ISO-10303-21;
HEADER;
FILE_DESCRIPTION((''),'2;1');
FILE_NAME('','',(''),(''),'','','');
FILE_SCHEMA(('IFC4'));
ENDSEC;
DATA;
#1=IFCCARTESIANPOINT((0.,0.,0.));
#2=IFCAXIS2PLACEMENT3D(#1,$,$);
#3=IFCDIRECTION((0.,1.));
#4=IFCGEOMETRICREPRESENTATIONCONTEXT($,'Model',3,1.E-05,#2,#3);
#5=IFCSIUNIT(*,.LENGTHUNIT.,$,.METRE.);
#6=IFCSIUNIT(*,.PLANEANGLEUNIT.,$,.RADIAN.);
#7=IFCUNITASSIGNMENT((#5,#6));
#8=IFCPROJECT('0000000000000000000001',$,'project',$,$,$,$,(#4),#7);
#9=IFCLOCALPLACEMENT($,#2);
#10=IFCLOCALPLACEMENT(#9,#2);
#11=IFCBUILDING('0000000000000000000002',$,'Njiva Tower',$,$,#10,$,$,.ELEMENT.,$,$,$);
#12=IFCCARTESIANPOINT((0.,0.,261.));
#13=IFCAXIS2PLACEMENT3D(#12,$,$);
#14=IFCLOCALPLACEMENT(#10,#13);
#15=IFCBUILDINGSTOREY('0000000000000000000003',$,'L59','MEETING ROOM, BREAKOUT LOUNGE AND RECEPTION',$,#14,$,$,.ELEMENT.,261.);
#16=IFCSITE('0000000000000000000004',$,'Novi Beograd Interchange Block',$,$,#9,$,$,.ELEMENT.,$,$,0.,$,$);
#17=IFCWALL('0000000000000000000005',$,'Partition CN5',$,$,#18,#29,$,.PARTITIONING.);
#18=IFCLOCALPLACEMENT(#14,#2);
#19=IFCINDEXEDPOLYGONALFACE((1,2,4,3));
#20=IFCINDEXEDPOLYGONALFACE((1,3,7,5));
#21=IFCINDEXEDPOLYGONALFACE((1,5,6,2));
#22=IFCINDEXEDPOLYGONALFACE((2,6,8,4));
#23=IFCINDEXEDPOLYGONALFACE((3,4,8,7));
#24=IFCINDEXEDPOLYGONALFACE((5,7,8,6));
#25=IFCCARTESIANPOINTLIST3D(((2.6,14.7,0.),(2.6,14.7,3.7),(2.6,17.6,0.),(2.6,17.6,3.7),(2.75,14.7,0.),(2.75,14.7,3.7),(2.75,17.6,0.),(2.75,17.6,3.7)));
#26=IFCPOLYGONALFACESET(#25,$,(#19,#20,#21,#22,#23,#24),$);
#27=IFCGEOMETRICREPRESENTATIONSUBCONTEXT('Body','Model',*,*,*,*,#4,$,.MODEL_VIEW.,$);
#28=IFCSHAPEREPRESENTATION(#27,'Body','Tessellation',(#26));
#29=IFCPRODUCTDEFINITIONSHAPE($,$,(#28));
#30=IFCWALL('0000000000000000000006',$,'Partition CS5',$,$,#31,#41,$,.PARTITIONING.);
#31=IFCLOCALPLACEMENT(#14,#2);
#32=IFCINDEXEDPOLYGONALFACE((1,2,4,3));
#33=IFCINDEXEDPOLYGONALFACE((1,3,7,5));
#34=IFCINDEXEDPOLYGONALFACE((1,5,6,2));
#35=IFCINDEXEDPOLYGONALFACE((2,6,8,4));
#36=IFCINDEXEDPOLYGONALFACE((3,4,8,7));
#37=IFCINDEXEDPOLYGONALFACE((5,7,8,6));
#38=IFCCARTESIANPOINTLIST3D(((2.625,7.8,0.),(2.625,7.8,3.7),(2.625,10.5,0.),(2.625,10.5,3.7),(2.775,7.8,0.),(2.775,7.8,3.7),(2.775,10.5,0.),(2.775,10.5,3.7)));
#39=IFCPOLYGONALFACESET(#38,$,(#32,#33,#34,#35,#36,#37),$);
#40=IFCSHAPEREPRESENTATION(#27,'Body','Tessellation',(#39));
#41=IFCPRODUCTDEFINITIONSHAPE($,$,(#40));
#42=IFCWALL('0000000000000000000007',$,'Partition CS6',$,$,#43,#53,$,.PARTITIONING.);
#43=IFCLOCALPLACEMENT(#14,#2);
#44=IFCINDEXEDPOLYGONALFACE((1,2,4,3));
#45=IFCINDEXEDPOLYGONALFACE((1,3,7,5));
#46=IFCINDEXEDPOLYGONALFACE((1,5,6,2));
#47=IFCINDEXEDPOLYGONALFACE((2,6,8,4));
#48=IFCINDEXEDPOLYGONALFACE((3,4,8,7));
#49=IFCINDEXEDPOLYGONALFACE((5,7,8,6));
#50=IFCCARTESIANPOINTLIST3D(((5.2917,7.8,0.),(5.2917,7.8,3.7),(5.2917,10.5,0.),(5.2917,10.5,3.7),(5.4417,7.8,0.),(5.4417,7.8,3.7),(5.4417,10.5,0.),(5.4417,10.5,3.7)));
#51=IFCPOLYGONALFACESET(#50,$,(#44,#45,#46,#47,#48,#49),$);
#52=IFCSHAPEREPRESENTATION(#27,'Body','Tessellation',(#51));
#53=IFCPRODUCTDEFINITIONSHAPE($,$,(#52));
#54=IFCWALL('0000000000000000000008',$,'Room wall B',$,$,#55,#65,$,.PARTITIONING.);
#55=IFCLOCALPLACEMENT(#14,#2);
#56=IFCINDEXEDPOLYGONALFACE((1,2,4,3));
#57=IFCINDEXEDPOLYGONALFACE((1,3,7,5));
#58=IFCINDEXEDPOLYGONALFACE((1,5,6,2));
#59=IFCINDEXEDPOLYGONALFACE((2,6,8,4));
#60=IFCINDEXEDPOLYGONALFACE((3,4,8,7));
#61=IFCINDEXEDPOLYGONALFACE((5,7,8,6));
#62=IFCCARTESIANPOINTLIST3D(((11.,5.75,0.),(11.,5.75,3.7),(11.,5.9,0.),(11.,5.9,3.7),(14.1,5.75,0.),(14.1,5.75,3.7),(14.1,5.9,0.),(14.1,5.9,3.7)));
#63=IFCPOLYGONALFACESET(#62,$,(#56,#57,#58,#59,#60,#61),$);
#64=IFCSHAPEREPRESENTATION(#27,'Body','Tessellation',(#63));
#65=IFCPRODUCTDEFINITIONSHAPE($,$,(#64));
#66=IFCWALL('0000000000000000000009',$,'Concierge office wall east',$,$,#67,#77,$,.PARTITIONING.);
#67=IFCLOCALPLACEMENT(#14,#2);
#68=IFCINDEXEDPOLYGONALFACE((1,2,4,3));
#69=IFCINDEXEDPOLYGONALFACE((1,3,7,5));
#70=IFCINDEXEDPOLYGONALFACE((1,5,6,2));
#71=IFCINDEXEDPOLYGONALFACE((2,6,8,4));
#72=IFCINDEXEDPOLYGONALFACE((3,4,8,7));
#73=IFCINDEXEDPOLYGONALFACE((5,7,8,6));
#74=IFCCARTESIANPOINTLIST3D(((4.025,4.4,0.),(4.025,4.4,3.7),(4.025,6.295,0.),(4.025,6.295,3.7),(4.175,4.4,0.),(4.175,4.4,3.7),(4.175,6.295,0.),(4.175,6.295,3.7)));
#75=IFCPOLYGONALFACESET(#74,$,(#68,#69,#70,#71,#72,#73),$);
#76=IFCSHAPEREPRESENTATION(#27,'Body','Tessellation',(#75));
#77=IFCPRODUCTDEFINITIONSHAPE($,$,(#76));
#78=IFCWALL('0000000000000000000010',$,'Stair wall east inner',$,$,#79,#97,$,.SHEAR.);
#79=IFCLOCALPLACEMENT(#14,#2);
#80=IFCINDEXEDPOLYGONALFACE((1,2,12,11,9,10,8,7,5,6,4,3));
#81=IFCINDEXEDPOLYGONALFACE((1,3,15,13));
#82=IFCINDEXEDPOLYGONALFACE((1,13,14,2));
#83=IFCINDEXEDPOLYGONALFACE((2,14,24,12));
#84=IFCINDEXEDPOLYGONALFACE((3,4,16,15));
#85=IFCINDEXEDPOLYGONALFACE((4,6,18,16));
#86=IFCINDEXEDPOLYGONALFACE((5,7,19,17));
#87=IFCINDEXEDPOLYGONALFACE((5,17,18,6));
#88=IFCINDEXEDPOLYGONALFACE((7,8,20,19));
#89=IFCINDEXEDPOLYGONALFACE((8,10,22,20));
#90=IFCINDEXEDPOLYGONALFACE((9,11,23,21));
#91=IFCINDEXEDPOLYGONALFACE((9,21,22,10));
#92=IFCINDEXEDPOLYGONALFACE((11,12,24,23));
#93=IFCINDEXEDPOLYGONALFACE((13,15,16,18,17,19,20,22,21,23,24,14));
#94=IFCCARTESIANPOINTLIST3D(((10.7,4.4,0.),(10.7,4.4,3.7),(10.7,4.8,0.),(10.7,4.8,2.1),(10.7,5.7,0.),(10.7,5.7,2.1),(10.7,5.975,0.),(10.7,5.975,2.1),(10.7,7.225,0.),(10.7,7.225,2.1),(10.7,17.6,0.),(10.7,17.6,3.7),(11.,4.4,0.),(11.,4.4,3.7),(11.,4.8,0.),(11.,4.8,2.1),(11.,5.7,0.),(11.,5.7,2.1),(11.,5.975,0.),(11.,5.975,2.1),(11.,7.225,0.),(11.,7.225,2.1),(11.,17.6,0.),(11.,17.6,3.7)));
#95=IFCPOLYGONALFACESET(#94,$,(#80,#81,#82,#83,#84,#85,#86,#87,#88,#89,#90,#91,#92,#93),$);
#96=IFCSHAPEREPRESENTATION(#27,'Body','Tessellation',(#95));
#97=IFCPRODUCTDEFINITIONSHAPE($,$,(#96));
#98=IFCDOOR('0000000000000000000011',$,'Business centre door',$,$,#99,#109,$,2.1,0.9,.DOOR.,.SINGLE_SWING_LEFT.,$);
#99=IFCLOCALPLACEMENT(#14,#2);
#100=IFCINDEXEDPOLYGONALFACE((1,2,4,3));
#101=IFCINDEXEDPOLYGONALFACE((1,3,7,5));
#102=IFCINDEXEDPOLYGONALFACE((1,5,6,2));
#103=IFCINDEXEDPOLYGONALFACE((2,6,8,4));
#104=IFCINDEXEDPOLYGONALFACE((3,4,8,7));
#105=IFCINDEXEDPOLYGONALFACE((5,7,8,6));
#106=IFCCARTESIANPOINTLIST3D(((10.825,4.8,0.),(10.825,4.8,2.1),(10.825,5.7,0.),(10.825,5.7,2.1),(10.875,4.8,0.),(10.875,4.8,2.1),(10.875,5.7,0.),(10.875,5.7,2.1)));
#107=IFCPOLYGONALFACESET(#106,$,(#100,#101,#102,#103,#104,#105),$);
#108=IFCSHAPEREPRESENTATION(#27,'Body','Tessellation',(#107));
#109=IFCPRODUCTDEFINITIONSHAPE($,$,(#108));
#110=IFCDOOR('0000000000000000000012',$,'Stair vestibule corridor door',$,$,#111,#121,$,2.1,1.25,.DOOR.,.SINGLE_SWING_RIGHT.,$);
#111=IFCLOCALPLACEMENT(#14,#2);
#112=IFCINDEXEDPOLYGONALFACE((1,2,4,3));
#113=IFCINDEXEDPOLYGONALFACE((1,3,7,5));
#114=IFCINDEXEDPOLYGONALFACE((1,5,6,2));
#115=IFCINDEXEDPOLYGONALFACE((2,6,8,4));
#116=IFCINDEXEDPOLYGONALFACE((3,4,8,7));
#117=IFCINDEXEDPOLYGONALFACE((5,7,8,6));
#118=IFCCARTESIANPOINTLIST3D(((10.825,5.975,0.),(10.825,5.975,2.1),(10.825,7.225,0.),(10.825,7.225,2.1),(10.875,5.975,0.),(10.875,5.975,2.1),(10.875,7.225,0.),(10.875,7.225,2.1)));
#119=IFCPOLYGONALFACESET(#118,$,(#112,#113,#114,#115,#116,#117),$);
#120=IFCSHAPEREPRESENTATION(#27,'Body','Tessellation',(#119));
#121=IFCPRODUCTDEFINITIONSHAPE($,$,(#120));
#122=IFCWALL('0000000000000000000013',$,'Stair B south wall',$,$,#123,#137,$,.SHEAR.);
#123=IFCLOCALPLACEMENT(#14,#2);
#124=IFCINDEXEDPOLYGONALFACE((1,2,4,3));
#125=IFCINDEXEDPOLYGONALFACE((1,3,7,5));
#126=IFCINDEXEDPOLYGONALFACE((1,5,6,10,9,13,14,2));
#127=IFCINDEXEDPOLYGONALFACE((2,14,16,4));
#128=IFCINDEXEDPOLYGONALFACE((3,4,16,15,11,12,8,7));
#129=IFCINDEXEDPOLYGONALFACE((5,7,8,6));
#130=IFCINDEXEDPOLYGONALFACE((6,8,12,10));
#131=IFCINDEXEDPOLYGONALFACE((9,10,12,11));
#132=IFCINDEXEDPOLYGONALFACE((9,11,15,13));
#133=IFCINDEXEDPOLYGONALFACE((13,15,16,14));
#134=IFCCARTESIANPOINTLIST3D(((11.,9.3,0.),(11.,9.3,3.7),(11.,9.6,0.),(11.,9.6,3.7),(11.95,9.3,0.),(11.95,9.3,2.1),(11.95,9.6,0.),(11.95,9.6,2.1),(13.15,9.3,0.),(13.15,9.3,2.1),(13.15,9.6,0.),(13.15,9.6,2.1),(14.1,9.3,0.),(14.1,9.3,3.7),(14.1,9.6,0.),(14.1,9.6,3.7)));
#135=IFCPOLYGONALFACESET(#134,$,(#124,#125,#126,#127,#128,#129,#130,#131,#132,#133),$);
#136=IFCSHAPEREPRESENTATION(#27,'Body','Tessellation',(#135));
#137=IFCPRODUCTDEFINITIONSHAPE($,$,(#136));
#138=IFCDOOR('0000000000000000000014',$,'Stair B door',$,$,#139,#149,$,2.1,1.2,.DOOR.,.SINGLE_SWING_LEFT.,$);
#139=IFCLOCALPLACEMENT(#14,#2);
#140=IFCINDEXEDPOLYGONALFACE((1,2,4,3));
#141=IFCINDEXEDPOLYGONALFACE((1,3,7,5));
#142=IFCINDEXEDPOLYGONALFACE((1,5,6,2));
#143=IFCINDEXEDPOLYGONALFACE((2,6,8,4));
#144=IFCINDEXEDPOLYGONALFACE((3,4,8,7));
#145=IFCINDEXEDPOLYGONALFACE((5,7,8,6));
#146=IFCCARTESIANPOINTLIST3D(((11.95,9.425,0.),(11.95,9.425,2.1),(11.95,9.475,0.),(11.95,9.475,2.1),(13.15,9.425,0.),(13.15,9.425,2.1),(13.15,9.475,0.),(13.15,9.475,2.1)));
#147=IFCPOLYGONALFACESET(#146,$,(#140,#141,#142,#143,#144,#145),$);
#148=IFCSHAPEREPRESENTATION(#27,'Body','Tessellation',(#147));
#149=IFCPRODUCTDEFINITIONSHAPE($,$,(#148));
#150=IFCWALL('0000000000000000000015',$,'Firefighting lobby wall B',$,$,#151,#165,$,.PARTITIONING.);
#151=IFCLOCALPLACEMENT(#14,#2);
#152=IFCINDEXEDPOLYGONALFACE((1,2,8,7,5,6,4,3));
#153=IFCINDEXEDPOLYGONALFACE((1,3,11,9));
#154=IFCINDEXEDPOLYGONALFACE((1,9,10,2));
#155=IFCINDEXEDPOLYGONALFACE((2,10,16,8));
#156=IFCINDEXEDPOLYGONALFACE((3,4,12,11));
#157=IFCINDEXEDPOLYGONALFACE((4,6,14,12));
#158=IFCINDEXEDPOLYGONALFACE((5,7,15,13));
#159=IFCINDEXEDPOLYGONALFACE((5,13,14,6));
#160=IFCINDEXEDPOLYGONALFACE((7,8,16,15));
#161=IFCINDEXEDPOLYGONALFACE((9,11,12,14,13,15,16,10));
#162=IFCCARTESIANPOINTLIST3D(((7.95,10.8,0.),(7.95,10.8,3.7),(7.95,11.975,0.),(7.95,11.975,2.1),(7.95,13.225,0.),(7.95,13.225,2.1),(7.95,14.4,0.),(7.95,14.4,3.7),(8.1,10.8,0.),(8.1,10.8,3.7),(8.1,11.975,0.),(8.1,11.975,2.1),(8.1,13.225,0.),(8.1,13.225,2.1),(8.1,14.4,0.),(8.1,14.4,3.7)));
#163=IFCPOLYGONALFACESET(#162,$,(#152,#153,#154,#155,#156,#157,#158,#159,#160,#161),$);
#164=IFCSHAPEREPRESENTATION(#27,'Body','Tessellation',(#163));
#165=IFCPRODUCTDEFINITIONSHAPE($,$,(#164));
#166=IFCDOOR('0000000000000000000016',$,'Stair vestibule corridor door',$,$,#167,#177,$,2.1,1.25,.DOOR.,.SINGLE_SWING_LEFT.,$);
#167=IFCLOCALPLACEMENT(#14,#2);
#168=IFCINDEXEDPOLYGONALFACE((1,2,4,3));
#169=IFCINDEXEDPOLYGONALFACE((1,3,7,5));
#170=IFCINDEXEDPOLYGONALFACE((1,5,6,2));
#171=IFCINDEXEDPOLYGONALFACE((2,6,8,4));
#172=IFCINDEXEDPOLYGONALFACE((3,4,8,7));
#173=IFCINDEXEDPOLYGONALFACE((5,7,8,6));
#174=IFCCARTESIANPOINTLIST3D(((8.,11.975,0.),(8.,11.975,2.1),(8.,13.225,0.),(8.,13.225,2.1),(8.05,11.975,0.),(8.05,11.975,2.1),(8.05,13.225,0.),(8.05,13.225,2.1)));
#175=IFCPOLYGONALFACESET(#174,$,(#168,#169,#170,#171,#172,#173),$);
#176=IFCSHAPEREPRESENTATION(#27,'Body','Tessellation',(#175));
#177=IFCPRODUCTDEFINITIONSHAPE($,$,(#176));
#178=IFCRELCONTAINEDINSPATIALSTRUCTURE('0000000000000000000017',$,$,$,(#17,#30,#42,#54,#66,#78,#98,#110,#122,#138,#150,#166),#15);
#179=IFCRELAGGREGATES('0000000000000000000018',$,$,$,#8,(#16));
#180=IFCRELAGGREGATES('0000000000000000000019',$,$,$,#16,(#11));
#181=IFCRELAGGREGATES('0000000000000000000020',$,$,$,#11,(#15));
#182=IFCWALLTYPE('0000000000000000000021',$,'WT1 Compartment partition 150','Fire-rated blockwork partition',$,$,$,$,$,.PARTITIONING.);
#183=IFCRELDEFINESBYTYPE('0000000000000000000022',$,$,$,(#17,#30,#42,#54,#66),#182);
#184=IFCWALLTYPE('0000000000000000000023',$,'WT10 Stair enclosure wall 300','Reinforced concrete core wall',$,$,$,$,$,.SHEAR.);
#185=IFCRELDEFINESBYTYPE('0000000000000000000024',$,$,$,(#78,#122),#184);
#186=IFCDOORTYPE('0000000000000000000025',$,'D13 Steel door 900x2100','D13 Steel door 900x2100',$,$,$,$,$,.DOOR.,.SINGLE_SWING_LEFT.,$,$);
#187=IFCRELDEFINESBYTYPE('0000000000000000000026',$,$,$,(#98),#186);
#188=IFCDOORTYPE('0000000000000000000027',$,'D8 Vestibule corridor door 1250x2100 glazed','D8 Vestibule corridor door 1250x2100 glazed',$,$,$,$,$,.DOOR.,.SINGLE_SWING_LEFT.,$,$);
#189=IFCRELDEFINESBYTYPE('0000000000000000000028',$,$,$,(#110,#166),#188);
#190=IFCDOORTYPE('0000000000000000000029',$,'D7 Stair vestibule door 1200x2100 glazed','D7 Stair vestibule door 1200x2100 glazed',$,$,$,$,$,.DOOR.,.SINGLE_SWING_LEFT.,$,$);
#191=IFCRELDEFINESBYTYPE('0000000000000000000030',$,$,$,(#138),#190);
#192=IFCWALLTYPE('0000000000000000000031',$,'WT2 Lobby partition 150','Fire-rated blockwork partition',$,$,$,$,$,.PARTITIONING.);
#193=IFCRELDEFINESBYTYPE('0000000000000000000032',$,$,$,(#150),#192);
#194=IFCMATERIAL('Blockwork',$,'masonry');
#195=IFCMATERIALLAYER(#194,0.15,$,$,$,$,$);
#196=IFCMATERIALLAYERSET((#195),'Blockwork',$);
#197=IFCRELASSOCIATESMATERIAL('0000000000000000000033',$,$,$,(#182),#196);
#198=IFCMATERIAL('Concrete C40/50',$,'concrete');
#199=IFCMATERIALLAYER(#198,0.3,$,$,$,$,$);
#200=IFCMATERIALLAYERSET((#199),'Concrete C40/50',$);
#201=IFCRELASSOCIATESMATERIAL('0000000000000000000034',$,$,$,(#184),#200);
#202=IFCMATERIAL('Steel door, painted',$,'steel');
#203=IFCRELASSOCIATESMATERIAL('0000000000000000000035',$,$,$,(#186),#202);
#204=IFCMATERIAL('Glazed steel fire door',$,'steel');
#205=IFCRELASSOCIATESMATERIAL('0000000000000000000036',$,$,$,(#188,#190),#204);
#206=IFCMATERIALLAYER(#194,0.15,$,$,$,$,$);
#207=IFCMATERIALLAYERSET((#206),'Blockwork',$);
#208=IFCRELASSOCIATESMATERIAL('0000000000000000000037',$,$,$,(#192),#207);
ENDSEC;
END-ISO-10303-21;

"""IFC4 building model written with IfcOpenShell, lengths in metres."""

from ifc_helpers import new_model, si_unit, direction, frame, frame_2d, origin, place, context, subcontext, project, spatial, rectangle, extrude, material, layer, layer_set, type_object, element, fill, save


model = new_model("IFC4")

# Units and contexts
model_context = context("Model", 3, precision=1e-05, world=origin(), true_north=direction((0.0, 1.0)))
body_context = subcontext(model_context, "Body", "Model", "MODEL_VIEW")
ifc_project = project(units=[si_unit("LENGTHUNIT", "METRE"), si_unit("PLANEANGLEUNIT", "RADIAN")], contexts=[model_context])

# Site, building, storey
site_placement = place(None, origin())
site = spatial("IfcSite", under=ifc_project, at=site_placement, Name="Novi Beograd Interchange Block", CompositionType="ELEMENT", RefElevation=0.0)
building_placement = place(site_placement, origin())
building = spatial("IfcBuilding", under=site, at=building_placement, Name="Njiva Tower", CompositionType="ELEMENT")
storey_placement = place(building_placement, frame((0.0, 0.0, 261.0)))
storey = spatial("IfcBuildingStorey", under=building, at=storey_placement, Name="L59", Description="MEETING ROOM, BREAKOUT LOUNGE AND RECEPTION", CompositionType="ELEMENT", Elevation=261.0)

# Walls
ifc_material_1 = material(Name="Blockwork", Category="masonry")
ifc_layer_1 = layer(ifc_material_1, 0.15)
ifc_layer_set_1 = layer_set([ifc_layer_1], Name="Blockwork")
wall_type_1 = type_object("IfcWallType", Name="WT1 Compartment partition 150", Description="Fire-rated blockwork partition", PredefinedType="PARTITIONING", material=ifc_layer_set_1)
wall_1_placement = place(storey_placement, frame((2.675, 14.7, 0.0), z_axis=(0.0, 0.0, 1.0), x_axis=(0.0, 1.0, 0.0)))
element("IfcWall", 1, at=wall_1_placement, inside=storey, type_object=wall_type_1, Name="Partition CN5", PredefinedType="PARTITIONING", context=body_context, shape_type="SweptSolid", body=[
    extrude(rectangle(XDim=2.9, YDim=0.15, at=frame_2d((1.45, 0.0))), origin(), (0.0, 0.0, 1.0), 3.7),
])
for number, where, z_axis, x_axis, name in (
    (2, (2.7, 7.8, 0.0), (0.0, 0.0, 1.0), (0.0, 1.0, 0.0), "Partition CS5"),
    (3, (5.3667, 7.8, 0.0), (0.0, 0.0, 1.0), (0.0, 1.0, 0.0), "Partition CS6"),
):
    element("IfcWall", number, at=place(storey_placement, frame(where, z_axis=z_axis, x_axis=x_axis)), inside=storey, type_object=wall_type_1, Name=name, PredefinedType="PARTITIONING", context=body_context, shape_type="SweptSolid", body=[
        extrude(rectangle(XDim=2.7, YDim=0.15, at=frame_2d((1.35, 0.0))), origin(), (0.0, 0.0, 1.0), 3.7),
    ])
wall_2_placement = place(storey_placement, frame((11.0, 5.825, 0.0), z_axis=(0.0, 0.0, 1.0), x_axis=(1.0, 0.0, 0.0)))
element("IfcWall", 4, at=wall_2_placement, inside=storey, type_object=wall_type_1, Name="Room wall B", PredefinedType="PARTITIONING", context=body_context, shape_type="SweptSolid", body=[
    extrude(rectangle(XDim=3.1, YDim=0.15, at=frame_2d((1.55, 0.0))), origin(), (0.0, 0.0, 1.0), 3.7),
])
wall_3_placement = place(storey_placement, frame((4.1, 4.4, 0.0), z_axis=(0.0, 0.0, 1.0), x_axis=(0.0, 1.0, 0.0)))
element("IfcWall", 5, at=wall_3_placement, inside=storey, type_object=wall_type_1, Name="Concierge office wall east", PredefinedType="PARTITIONING", context=body_context, shape_type="SweptSolid", body=[
    extrude(rectangle(XDim=1.895, YDim=0.15, at=frame_2d((0.9475, 0.0))), origin(), (0.0, 0.0, 1.0), 3.7),
])

# Wall, openings, doors
ifc_material_2 = material(Name="Concrete C40/50", Category="concrete")
ifc_layer_2 = layer(ifc_material_2, 0.3)
ifc_layer_set_2 = layer_set([ifc_layer_2], Name="Concrete C40/50")
wall_type_2 = type_object("IfcWallType", Name="WT10 Stair enclosure wall 300", Description="Reinforced concrete core wall", PredefinedType="SHEAR", material=ifc_layer_set_2)
wall_4_placement = place(storey_placement, frame((10.85, 4.4, 0.0), z_axis=(0.0, 0.0, 1.0), x_axis=(0.0, 1.0, 0.0)))
wall_4 = element("IfcWall", 6, at=wall_4_placement, inside=storey, type_object=wall_type_2, Name="Stair wall east inner", PredefinedType="SHEAR", context=body_context, shape_type="SweptSolid", body=[
    extrude(rectangle(XDim=13.2, YDim=0.3, at=frame_2d((6.6, 0.0))), origin(), (0.0, 0.0, 1.0), 3.7),
])
opening_1_placement = place(wall_4_placement, frame((1.575, 0.0, 0.0)))
opening_1 = element("IfcOpeningElement", 7, at=opening_1_placement, cuts=wall_4, PredefinedType="OPENING", context=body_context, shape_type="SweptSolid", body=[
    extrude(rectangle(XDim=1.25, YDim=2.1, at=frame_2d((0.625, 1.05))), frame((0.0, 0.16, 0.0), z_axis=(0.0, -1.0, 0.0), x_axis=(1.0, 0.0, 0.0)), (0.0, 0.0, 1.0), 0.32),
])
opening_2_placement = place(wall_4_placement, frame((0.4, 0.0, 0.0)))
opening_2 = element("IfcOpeningElement", 8, at=opening_2_placement, cuts=wall_4, PredefinedType="OPENING", context=body_context, shape_type="SweptSolid", body=[
    extrude(rectangle(XDim=0.9, YDim=2.1, at=frame_2d((0.45, 1.05))), frame((0.0, 0.16, 0.0), z_axis=(0.0, -1.0, 0.0), x_axis=(1.0, 0.0, 0.0)), (0.0, 0.0, 1.0), 0.32),
])
ifc_material_3 = material(Name="Steel door, painted", Category="steel")
door_type_1 = type_object("IfcDoorType", Name="D13 Steel door 900x2100", Description="D13 Steel door 900x2100", OperationType="SINGLE_SWING_LEFT", PredefinedType="DOOR", material=ifc_material_3)
door_1_placement = place(opening_2_placement, origin())
door_1 = element("IfcDoor", 9, at=door_1_placement, inside=storey, type_object=door_type_1, Name="Business centre door", OperationType="SINGLE_SWING_LEFT", OverallHeight=2.1, OverallWidth=0.9, PredefinedType="DOOR", context=body_context, shape_type="SweptSolid", body=[
    extrude(rectangle(XDim=0.9, YDim=2.1, at=frame_2d((0.45, 1.05))), frame((0.0, 0.025, 0.0), z_axis=(0.0, -1.0, 0.0), x_axis=(1.0, 0.0, 0.0)), (0.0, 0.0, 1.0), 0.05),
])
fill(opening_2, door_1)
ifc_material_4 = material(Name="Glazed steel fire door", Category="steel")
door_type_2 = type_object("IfcDoorType", Name="D8 Vestibule corridor door 1250x2100 glazed", Description="D8 Vestibule corridor door 1250x2100 glazed", OperationType="SINGLE_SWING_LEFT", PredefinedType="DOOR", material=ifc_material_4)
door_2_placement = place(opening_1_placement, origin())
door_2 = element("IfcDoor", 10, at=door_2_placement, inside=storey, type_object=door_type_2, Name="Stair vestibule corridor door", OperationType="SINGLE_SWING_RIGHT", OverallHeight=2.1, OverallWidth=1.25, PredefinedType="DOOR", context=body_context, shape_type="SweptSolid", body=[
    extrude(rectangle(XDim=1.25, YDim=2.1, at=frame_2d((0.625, 1.05))), frame((0.0, 0.025, 0.0), z_axis=(0.0, -1.0, 0.0), x_axis=(1.0, 0.0, 0.0)), (0.0, 0.0, 1.0), 0.05),
])
fill(opening_1, door_2)

# Walls, openings, doors
wall_5_placement = place(storey_placement, frame((11.0, 9.45, 0.0), z_axis=(0.0, 0.0, 1.0), x_axis=(1.0, 0.0, 0.0)))
wall_5 = element("IfcWall", 11, at=wall_5_placement, inside=storey, type_object=wall_type_2, Name="Stair B south wall", PredefinedType="SHEAR", context=body_context, shape_type="SweptSolid", body=[
    extrude(rectangle(XDim=3.1, YDim=0.3, at=frame_2d((1.55, 0.0))), origin(), (0.0, 0.0, 1.0), 3.7),
])
opening_3_placement = place(wall_5_placement, frame((0.95, 0.0, 0.0)))
opening_3 = element("IfcOpeningElement", 12, at=opening_3_placement, cuts=wall_5, PredefinedType="OPENING", context=body_context, shape_type="SweptSolid", body=[
    extrude(rectangle(XDim=1.2, YDim=2.1, at=frame_2d((0.6, 1.05))), frame((0.0, 0.16, 0.0), z_axis=(0.0, -1.0, 0.0), x_axis=(1.0, 0.0, 0.0)), (0.0, 0.0, 1.0), 0.32),
])
door_type_3 = type_object("IfcDoorType", Name="D7 Stair vestibule door 1200x2100 glazed", Description="D7 Stair vestibule door 1200x2100 glazed", OperationType="SINGLE_SWING_LEFT", PredefinedType="DOOR", material=ifc_material_4)
door_3_placement = place(opening_3_placement, origin())
door_3 = element("IfcDoor", 13, at=door_3_placement, inside=storey, type_object=door_type_3, Name="Stair B door", OperationType="SINGLE_SWING_LEFT", OverallHeight=2.1, OverallWidth=1.2, PredefinedType="DOOR", context=body_context, shape_type="SweptSolid", body=[
    extrude(rectangle(XDim=1.2, YDim=2.1, at=frame_2d((0.6, 1.05))), frame((0.0, 0.025, 0.0), z_axis=(0.0, -1.0, 0.0), x_axis=(1.0, 0.0, 0.0)), (0.0, 0.0, 1.0), 0.05),
])
fill(opening_3, door_3)
ifc_layer_3 = layer(ifc_material_1, 0.15)
ifc_layer_set_3 = layer_set([ifc_layer_3], Name="Blockwork")
wall_type_3 = type_object("IfcWallType", Name="WT2 Lobby partition 150", Description="Fire-rated blockwork partition", PredefinedType="PARTITIONING", material=ifc_layer_set_3)
wall_6_placement = place(storey_placement, frame((8.025, 10.8, 0.0), z_axis=(0.0, 0.0, 1.0), x_axis=(0.0, 1.0, 0.0)))
wall_6 = element("IfcWall", 14, at=wall_6_placement, inside=storey, type_object=wall_type_3, Name="Firefighting lobby wall B", PredefinedType="PARTITIONING", context=body_context, shape_type="SweptSolid", body=[
    extrude(rectangle(XDim=3.6, YDim=0.15, at=frame_2d((1.8, 0.0))), origin(), (0.0, 0.0, 1.0), 3.7),
])
opening_4_placement = place(wall_6_placement, frame((1.175, 0.0, 0.0)))
opening_4 = element("IfcOpeningElement", 15, at=opening_4_placement, cuts=wall_6, PredefinedType="OPENING", context=body_context, shape_type="SweptSolid", body=[
    extrude(rectangle(XDim=1.25, YDim=2.1, at=frame_2d((0.625, 1.05))), frame((0.0, 0.085, 0.0), z_axis=(0.0, -1.0, 0.0), x_axis=(1.0, 0.0, 0.0)), (0.0, 0.0, 1.0), 0.17),
])
door_4_placement = place(opening_4_placement, origin())
door_4 = element("IfcDoor", 16, at=door_4_placement, inside=storey, type_object=door_type_2, Name="Stair vestibule corridor door", OperationType="SINGLE_SWING_LEFT", OverallHeight=2.1, OverallWidth=1.25, PredefinedType="DOOR", context=body_context, shape_type="SweptSolid", body=[
    extrude(rectangle(XDim=1.25, YDim=2.1, at=frame_2d((0.625, 1.05))), frame((0.0, 0.025, 0.0), z_axis=(0.0, -1.0, 0.0), x_axis=(1.0, 0.0, 0.0)), (0.0, 0.0, 1.0), 0.05),
])
fill(opening_4, door_4)

save(model, "model.ifc")
